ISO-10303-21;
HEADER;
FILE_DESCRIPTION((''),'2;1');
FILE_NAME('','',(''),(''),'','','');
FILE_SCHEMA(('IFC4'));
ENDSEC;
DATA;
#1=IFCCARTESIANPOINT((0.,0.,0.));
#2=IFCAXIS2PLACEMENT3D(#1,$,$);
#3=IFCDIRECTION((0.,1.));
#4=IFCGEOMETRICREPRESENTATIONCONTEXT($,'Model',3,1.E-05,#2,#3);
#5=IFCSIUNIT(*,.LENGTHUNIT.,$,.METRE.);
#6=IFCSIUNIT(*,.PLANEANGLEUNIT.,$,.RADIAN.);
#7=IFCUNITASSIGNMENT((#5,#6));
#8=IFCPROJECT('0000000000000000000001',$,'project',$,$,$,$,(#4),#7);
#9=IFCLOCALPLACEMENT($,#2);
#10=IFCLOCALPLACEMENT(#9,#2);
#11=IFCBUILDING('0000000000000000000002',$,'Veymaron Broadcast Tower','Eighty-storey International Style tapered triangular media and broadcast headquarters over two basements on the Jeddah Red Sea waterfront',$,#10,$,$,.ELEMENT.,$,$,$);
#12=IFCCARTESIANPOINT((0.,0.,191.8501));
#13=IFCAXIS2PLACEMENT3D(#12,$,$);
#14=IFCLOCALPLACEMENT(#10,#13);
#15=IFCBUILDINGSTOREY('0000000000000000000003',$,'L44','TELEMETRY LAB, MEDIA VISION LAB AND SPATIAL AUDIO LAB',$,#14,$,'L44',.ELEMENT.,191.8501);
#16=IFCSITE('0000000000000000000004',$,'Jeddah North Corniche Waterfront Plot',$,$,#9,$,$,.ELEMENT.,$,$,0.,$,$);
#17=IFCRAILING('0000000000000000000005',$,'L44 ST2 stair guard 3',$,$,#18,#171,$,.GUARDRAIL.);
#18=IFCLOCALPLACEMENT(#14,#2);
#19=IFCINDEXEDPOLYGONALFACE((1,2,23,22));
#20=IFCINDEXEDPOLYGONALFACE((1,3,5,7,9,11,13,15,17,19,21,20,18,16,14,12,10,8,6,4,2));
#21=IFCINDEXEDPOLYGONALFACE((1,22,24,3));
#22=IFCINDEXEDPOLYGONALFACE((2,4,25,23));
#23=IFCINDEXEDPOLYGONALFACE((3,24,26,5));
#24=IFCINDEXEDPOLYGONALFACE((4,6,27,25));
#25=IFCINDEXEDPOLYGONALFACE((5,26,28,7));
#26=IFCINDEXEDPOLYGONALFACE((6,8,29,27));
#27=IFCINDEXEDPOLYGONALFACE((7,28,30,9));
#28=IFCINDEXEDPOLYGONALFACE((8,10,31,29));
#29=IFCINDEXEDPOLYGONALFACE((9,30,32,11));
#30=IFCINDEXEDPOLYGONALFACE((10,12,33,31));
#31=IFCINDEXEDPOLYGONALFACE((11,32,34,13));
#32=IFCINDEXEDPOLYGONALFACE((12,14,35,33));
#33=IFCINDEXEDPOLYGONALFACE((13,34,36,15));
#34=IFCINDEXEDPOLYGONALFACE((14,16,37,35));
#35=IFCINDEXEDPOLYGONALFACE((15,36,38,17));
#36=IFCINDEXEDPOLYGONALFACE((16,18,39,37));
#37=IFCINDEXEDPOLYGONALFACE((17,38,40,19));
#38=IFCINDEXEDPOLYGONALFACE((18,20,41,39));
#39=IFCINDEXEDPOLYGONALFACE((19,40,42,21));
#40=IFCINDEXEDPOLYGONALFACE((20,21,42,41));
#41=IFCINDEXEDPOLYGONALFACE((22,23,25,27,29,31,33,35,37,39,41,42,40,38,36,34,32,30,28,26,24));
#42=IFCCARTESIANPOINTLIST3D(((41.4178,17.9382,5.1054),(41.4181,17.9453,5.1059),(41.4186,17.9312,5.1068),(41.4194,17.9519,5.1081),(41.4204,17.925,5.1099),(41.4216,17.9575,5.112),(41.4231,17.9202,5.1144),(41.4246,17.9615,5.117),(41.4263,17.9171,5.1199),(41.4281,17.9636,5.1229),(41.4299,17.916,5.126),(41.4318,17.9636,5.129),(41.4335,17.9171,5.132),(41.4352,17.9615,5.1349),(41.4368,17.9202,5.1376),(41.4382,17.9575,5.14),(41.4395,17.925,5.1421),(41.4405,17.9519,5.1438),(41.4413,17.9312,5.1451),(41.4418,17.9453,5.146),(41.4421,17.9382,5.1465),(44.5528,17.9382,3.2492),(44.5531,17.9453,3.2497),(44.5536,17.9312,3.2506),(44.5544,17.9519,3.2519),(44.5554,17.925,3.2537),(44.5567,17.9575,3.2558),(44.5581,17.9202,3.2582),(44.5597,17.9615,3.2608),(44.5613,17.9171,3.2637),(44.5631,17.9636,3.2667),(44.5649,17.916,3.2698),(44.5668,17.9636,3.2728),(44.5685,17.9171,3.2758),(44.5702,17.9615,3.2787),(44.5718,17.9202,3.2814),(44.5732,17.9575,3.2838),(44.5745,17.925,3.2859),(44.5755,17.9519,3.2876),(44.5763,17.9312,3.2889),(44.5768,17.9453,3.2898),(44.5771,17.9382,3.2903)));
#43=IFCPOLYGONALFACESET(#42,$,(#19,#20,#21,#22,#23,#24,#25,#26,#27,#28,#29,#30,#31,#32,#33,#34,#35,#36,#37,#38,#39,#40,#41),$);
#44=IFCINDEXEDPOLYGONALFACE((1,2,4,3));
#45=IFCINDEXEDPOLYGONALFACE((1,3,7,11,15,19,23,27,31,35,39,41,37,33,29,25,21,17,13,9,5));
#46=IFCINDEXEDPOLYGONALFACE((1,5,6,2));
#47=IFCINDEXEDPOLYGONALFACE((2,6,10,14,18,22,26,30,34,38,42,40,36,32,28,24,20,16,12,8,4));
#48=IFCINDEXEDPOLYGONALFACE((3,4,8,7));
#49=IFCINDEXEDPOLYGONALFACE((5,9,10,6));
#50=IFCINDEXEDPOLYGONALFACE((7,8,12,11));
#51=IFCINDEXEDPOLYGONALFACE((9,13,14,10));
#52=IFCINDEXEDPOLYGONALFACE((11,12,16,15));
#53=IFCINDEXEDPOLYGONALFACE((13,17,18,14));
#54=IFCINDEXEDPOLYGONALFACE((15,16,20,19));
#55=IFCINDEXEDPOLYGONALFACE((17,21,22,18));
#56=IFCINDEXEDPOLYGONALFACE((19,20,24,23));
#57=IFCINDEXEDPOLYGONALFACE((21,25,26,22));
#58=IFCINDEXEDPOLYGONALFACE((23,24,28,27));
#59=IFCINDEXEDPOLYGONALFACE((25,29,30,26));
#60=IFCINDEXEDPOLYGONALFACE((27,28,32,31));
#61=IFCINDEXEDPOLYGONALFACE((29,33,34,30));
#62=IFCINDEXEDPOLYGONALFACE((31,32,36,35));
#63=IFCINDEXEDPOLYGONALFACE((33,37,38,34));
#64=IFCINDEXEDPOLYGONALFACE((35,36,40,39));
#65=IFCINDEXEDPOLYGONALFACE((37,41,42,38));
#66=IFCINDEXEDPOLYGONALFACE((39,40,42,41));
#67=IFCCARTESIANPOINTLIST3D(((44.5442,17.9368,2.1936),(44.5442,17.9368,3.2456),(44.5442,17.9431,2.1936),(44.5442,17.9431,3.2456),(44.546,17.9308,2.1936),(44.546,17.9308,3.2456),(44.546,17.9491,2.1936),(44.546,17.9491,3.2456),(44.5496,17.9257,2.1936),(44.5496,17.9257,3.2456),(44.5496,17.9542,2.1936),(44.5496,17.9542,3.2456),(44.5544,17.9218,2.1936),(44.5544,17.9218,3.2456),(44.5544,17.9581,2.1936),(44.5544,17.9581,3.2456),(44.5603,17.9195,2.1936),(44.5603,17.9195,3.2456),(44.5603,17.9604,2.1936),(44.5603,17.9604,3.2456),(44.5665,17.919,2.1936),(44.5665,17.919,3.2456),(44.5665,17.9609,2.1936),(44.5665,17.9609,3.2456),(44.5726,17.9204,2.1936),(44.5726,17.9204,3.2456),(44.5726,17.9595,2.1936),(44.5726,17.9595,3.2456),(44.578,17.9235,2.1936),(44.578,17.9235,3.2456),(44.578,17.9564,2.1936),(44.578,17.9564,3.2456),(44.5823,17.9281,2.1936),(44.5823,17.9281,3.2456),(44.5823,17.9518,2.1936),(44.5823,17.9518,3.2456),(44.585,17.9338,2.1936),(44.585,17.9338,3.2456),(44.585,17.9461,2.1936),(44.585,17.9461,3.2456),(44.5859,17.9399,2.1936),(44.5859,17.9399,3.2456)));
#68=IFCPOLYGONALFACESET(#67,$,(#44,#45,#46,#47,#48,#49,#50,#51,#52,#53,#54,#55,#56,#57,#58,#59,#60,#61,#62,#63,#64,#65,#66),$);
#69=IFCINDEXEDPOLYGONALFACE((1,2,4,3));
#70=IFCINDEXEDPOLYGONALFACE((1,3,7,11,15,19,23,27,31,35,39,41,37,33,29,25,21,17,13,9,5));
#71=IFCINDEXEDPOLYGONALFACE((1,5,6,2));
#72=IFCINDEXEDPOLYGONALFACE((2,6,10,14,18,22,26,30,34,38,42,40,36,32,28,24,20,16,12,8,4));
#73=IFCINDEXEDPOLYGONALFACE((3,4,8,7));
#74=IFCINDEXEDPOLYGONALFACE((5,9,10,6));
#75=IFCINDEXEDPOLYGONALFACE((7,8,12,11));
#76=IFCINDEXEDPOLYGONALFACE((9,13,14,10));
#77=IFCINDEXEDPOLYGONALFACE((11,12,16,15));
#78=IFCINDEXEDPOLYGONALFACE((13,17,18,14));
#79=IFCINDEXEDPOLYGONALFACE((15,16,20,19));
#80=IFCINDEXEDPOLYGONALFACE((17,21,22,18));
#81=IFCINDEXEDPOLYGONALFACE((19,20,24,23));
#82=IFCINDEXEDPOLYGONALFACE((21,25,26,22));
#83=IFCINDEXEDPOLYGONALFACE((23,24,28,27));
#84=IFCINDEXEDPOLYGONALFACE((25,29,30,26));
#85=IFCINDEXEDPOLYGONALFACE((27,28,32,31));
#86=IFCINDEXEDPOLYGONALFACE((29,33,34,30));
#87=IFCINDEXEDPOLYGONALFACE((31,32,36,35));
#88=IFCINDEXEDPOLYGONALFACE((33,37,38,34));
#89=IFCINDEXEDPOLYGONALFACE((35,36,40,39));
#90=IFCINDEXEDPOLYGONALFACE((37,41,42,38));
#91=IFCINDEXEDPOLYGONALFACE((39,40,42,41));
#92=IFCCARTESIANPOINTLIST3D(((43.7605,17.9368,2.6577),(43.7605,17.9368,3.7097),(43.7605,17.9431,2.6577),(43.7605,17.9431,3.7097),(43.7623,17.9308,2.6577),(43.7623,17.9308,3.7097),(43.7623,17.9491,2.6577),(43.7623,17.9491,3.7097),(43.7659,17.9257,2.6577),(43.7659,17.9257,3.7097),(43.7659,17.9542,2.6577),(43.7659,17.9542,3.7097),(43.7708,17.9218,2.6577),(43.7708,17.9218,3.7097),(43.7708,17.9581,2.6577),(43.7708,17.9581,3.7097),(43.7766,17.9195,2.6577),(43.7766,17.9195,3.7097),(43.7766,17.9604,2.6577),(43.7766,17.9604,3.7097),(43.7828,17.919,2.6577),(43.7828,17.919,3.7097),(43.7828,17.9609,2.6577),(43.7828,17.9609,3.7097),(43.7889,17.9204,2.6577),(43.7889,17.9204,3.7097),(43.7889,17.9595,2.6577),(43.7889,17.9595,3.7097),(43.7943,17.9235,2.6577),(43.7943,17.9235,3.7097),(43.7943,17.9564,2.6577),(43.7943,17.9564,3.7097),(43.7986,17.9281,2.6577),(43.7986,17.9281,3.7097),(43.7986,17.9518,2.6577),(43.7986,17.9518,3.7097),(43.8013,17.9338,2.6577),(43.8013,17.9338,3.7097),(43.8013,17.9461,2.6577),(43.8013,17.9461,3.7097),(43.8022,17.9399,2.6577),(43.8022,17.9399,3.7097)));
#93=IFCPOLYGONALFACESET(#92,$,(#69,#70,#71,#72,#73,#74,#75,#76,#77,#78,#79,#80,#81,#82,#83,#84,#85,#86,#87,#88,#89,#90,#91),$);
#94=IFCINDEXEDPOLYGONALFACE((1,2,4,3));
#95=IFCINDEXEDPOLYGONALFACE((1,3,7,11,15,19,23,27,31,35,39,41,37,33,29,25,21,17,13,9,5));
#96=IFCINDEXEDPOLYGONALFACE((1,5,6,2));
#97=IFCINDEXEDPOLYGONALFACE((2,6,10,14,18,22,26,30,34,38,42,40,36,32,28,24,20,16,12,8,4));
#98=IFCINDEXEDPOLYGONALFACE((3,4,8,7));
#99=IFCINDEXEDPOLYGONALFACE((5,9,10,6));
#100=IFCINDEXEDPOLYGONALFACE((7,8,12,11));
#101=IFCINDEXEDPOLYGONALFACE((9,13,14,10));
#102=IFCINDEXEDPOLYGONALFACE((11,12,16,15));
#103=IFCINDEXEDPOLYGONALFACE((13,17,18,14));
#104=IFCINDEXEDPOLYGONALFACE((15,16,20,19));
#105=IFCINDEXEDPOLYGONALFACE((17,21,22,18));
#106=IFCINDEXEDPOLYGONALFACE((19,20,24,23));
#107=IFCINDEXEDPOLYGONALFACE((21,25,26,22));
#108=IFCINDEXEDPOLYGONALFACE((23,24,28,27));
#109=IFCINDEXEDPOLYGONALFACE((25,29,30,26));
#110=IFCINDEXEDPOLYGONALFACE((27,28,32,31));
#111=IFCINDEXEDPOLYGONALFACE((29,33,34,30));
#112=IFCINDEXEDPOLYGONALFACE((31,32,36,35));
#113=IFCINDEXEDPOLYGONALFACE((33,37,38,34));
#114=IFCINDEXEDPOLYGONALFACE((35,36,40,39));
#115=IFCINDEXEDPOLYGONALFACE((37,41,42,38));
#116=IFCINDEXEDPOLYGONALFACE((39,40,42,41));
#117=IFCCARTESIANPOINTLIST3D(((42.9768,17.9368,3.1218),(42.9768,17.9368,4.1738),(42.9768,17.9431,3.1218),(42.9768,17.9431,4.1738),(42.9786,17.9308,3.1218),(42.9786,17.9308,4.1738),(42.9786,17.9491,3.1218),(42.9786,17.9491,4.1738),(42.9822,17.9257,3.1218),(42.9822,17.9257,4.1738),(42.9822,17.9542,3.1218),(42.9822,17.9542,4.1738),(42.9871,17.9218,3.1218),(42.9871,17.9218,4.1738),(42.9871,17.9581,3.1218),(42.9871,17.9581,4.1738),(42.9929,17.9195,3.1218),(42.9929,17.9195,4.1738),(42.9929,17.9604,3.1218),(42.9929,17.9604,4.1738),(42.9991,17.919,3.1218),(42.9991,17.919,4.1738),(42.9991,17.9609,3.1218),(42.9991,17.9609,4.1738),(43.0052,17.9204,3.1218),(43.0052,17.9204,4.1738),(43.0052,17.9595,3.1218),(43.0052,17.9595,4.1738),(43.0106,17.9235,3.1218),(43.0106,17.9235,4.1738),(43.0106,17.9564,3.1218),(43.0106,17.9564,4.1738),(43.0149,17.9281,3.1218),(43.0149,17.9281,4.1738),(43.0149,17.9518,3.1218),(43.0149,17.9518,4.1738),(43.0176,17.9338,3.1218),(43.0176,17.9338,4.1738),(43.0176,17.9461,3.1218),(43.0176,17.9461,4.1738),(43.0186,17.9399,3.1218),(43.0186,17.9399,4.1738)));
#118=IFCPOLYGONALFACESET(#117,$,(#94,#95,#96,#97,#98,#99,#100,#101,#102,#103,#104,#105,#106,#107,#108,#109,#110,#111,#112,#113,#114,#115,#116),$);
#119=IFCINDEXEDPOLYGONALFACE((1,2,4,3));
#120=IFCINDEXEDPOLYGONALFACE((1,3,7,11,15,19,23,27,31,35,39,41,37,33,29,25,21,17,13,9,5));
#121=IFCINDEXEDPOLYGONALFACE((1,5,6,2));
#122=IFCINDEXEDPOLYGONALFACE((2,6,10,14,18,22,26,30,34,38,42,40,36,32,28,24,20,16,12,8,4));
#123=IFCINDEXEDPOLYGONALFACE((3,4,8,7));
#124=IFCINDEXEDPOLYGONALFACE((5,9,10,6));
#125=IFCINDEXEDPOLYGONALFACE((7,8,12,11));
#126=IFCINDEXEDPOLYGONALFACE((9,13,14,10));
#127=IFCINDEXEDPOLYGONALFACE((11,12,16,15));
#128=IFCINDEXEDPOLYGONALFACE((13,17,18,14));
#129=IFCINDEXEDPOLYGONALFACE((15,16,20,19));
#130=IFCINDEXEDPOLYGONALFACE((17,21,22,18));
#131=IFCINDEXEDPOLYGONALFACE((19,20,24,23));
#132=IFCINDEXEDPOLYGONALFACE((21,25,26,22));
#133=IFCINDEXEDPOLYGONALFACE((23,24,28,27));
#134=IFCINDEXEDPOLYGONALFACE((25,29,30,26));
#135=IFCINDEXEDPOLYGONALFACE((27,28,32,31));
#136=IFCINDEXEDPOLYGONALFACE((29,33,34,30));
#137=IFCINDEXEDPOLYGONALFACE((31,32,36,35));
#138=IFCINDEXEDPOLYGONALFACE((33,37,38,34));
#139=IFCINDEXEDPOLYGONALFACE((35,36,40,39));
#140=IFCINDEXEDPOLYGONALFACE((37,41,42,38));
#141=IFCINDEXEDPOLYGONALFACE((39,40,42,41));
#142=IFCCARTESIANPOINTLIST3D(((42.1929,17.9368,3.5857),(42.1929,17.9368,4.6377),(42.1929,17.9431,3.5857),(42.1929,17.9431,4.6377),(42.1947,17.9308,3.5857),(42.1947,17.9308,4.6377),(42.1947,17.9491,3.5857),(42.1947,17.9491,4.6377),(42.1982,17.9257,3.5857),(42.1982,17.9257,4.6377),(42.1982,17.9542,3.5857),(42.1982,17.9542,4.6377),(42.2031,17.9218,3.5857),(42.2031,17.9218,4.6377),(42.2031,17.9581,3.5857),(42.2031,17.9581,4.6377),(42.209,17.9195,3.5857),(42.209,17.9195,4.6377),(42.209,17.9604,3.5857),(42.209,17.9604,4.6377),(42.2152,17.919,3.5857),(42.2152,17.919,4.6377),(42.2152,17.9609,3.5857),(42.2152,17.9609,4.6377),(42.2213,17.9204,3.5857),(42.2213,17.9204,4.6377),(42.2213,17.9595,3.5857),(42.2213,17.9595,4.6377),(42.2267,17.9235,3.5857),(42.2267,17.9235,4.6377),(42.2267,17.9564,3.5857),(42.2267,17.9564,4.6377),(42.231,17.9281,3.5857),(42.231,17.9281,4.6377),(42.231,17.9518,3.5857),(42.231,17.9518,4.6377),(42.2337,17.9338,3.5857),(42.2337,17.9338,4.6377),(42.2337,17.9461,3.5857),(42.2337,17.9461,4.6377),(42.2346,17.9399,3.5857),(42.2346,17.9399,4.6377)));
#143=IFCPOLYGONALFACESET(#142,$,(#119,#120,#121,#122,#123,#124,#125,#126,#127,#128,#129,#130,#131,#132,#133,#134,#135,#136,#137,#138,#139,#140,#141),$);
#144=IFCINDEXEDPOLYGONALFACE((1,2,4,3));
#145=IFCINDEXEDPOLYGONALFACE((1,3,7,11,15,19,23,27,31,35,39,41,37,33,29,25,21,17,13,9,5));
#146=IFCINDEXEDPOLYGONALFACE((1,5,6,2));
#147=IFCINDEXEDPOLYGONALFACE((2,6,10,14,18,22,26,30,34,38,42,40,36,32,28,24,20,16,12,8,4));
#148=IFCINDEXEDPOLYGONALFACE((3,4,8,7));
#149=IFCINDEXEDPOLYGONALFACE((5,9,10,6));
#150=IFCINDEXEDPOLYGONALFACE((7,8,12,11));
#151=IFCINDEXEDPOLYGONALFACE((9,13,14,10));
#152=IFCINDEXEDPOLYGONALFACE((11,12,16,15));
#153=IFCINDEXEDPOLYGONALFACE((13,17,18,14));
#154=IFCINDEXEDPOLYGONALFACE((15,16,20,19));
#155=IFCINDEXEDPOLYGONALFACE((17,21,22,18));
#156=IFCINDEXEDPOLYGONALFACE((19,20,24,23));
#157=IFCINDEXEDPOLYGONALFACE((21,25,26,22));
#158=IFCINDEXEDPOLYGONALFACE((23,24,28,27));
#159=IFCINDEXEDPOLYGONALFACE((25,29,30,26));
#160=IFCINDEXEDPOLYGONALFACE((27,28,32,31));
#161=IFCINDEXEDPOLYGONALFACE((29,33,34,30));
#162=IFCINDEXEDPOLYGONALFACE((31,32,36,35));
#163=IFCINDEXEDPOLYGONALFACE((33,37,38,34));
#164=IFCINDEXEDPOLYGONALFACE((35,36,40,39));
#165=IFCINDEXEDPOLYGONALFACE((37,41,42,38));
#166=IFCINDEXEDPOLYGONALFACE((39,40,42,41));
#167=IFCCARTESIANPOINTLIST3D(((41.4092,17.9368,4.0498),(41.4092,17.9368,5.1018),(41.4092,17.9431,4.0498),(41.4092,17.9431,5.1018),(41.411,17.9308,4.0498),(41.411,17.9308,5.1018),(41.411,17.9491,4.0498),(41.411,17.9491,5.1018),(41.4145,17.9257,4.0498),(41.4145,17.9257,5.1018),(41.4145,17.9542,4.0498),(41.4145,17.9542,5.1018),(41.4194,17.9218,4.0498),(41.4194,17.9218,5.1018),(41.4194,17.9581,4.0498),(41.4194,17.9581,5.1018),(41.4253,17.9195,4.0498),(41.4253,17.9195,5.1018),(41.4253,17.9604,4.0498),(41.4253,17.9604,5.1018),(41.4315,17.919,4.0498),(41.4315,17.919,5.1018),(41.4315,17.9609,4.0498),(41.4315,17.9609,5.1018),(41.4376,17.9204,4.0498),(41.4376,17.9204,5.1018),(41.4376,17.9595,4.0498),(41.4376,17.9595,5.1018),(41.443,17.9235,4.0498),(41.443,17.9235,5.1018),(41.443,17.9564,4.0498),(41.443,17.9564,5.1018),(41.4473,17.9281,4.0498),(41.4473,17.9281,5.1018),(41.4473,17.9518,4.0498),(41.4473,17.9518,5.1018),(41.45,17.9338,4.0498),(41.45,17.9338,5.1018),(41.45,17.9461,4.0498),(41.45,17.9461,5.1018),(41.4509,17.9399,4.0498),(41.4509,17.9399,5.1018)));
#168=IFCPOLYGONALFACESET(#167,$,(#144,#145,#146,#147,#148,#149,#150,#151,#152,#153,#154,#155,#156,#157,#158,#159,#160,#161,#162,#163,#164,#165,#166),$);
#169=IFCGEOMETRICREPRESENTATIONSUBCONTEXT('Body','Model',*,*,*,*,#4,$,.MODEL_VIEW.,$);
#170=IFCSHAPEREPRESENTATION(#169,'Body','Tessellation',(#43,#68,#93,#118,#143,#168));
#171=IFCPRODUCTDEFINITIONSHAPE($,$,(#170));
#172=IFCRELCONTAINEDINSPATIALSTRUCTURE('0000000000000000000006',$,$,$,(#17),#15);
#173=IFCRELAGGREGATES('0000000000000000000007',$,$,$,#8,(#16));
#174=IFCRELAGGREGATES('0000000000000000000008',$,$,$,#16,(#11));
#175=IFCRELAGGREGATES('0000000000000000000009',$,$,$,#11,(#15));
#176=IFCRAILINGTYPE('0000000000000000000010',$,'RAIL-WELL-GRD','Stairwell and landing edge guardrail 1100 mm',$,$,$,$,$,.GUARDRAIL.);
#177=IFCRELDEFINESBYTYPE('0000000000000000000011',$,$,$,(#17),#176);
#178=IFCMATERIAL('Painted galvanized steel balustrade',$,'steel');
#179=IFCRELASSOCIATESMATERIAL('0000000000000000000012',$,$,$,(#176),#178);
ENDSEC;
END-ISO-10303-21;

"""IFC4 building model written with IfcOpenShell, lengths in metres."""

from ifc_helpers import new_model, si_unit, direction, frame, origin, origin_2d, place, context, subcontext, project, spatial, circle, extrude, material, type_object, element, save


model = new_model("IFC4")

# Units and contexts
model_context = context("Model", 3, precision=1e-05, world=origin(), true_north=direction((0.0, 1.0)))
body_context = subcontext(model_context, "Body", "Model", "MODEL_VIEW")
ifc_project = project(units=[si_unit("LENGTHUNIT", "METRE"), si_unit("PLANEANGLEUNIT", "RADIAN")], contexts=[model_context])

# Site, building, storey
site_placement = place(None, origin())
site = spatial("IfcSite", under=ifc_project, at=site_placement, Name="Jeddah North Corniche Waterfront Plot", CompositionType="ELEMENT", RefElevation=0.0)
building_placement = place(site_placement, origin())
building = spatial("IfcBuilding", under=site, at=building_placement, Name="Veymaron Broadcast Tower", Description="Eighty-storey International Style tapered triangular media and broadcast headquarters over two basements on the Jeddah Red Sea waterfront", CompositionType="ELEMENT")
storey_placement = place(building_placement, frame((0.0, 0.0, 191.8501)))
storey = spatial("IfcBuildingStorey", under=building, at=storey_placement, Name="L44", Description="TELEMETRY LAB, MEDIA VISION LAB AND SPATIAL AUDIO LAB", LongName="L44", CompositionType="ELEMENT", Elevation=191.8501)

# Railing
ifc_material_1 = material(Name="Painted galvanized steel balustrade", Category="steel")
railing_type_1 = type_object("IfcRailingType", Name="RAIL-WELL-GRD", Description="Stairwell and landing edge guardrail 1100 mm", PredefinedType="GUARDRAIL", material=ifc_material_1)
railing_1_placement = place(storey_placement, frame((44.5649, 17.9399, 2.1936)))
element("IfcRailing", 1, at=railing_1_placement, inside=storey, type_object=railing_type_1, Name="L44 ST2 stair guard 3", PredefinedType="GUARDRAIL", context=body_context, shape_type="SweptSolid", body=[
    extrude(circle(Radius=0.0239, at=origin_2d()), frame((0.0, 0.0, 1.0762), z_axis=(-0.860482, 0.0, 0.509481), x_axis=(0.0, -1.0, 0.0)), (0.0, 0.0, 1.0), 3.6433),
    extrude(circle(Radius=0.021, at=origin_2d()), origin(), (0.0, 0.0, 1.0), 1.052),
    extrude(circle(Radius=0.021, at=origin_2d()), frame((-0.7837, 0.0, 0.4641)), (0.0, 0.0, 1.0), 1.052),
    extrude(circle(Radius=0.021, at=origin_2d()), frame((-1.5674, 0.0, 0.9282)), (0.0, 0.0, 1.0), 1.052),
    extrude(circle(Radius=0.021, at=origin_2d()), frame((-2.3513, 0.0, 1.3921)), (0.0, 0.0, 1.0), 1.052),
    extrude(circle(Radius=0.021, at=origin_2d()), frame((-3.135, 0.0, 1.8562)), (0.0, 0.0, 1.0), 1.052),
])

save(model, "model.ifc")
